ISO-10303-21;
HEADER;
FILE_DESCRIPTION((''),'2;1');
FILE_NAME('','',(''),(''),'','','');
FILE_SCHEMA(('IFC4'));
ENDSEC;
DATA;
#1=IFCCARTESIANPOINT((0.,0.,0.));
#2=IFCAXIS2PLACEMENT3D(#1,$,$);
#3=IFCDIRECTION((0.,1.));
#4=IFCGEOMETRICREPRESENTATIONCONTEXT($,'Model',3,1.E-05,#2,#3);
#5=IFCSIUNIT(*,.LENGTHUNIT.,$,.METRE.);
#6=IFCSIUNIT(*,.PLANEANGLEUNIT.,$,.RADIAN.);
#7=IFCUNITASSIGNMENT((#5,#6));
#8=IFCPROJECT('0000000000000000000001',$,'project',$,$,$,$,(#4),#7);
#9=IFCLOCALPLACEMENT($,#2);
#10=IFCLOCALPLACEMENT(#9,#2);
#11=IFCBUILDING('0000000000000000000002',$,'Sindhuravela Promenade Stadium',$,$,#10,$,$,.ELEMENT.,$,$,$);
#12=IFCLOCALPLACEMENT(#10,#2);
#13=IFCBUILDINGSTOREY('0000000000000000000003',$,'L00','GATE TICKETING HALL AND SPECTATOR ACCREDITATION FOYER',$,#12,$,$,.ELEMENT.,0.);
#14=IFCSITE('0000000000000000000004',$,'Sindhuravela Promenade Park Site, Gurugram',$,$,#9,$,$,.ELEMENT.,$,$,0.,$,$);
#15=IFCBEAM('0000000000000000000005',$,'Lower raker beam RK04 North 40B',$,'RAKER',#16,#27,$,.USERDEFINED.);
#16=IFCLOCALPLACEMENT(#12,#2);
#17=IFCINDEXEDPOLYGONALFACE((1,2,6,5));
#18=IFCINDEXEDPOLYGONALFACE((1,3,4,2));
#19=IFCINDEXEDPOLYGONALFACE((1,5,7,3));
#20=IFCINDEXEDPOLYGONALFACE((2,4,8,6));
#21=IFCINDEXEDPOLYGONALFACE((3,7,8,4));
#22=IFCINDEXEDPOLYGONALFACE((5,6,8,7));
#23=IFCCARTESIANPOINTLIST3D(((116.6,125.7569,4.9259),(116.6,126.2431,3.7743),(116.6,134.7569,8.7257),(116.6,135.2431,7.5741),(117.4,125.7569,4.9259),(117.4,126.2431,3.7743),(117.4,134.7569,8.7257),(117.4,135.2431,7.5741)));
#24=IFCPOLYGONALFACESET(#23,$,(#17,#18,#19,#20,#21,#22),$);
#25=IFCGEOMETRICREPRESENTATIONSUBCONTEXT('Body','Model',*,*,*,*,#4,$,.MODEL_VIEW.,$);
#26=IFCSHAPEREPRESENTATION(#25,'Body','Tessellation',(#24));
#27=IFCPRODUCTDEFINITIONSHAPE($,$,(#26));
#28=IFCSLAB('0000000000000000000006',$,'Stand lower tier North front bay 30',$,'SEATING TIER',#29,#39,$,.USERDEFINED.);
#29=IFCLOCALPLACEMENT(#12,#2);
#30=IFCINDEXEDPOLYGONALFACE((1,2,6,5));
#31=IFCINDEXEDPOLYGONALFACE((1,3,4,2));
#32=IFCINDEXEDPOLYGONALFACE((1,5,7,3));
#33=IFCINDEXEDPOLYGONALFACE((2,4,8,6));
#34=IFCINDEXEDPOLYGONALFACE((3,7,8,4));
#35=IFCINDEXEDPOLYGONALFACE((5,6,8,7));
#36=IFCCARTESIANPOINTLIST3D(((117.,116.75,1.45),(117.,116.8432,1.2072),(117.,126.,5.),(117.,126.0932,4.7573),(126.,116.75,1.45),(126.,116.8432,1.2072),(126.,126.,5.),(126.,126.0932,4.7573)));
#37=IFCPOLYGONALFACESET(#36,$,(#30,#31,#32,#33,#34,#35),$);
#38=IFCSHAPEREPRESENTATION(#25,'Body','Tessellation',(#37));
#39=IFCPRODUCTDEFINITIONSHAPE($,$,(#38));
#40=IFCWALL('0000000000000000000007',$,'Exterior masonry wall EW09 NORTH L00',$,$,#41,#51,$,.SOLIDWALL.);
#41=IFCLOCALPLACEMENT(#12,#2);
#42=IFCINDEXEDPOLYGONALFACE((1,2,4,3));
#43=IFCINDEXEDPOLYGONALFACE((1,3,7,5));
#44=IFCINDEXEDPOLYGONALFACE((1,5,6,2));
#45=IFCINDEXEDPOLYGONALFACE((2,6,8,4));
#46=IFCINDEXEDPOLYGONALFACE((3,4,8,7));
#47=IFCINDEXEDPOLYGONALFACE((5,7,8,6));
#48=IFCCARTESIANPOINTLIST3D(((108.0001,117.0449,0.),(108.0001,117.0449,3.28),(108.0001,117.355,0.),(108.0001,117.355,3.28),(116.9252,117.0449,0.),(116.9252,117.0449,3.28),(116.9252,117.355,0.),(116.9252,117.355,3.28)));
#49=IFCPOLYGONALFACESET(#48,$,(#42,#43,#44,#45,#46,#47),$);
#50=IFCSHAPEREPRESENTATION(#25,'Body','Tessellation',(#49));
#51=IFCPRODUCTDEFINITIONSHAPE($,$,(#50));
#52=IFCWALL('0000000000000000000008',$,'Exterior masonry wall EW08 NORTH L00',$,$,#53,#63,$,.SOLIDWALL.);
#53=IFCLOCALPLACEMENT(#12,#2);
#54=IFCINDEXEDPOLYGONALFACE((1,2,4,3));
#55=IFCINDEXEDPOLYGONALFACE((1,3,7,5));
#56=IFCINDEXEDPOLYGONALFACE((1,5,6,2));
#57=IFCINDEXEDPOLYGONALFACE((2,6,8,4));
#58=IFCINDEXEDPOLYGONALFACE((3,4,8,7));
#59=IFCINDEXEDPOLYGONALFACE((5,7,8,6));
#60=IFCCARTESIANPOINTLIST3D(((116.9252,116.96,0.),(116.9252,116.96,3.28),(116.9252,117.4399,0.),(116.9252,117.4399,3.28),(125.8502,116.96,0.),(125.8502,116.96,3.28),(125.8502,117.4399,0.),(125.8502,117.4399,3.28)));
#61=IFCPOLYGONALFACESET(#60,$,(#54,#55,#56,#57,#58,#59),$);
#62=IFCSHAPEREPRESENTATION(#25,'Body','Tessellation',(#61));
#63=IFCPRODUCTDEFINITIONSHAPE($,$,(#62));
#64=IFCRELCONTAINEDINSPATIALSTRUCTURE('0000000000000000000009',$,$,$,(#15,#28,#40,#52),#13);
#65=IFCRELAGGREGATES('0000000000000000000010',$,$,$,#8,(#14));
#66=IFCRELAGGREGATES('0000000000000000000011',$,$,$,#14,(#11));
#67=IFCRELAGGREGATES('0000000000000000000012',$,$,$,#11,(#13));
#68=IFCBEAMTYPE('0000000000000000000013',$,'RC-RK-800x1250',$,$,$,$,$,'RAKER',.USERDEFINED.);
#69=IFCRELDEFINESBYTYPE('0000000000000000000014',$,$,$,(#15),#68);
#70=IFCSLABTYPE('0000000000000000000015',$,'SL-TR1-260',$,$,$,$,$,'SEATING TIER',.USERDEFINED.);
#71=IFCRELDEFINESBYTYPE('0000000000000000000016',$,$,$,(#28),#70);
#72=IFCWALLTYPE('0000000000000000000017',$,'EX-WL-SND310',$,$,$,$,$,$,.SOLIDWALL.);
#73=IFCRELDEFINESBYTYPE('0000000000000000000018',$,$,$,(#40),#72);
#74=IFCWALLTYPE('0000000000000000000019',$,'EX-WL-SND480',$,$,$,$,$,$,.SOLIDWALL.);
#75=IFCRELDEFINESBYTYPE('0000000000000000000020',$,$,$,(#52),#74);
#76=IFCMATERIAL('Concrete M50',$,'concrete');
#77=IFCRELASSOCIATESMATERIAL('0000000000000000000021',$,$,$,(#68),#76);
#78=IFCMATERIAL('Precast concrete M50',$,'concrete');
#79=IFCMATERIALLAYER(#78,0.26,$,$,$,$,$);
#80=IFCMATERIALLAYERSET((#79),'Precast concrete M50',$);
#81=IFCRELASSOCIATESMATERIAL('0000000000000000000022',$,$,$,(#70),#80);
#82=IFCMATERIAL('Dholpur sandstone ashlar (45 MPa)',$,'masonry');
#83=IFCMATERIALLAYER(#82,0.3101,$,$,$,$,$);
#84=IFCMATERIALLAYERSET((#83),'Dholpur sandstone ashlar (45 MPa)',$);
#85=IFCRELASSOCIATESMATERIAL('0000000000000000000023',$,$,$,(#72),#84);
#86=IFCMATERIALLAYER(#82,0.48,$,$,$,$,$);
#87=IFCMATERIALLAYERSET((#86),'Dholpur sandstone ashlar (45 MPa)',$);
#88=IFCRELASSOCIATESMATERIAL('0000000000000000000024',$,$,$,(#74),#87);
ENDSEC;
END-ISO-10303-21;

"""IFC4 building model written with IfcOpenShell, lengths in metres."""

from ifc_helpers import new_model, si_unit, direction, frame, frame_2d, origin, origin_2d, place, context, subcontext, project, spatial, polyline, rectangle, outline, extrude, material, layer, layer_set, material_profile, profile_set, type_object, element, save


model = new_model("IFC4")

# Units and contexts
model_context = context("Model", 3, precision=1e-05, world=origin(), true_north=direction((0.0, 1.0)))
body_context = subcontext(model_context, "Body", "Model", "MODEL_VIEW")
ifc_project = project(units=[si_unit("LENGTHUNIT", "METRE"), si_unit("PLANEANGLEUNIT", "RADIAN")], contexts=[model_context])

# Site, building, storey
site_placement = place(None, origin())
site = spatial("IfcSite", under=ifc_project, at=site_placement, Name="Sindhuravela Promenade Park Site, Gurugram", CompositionType="ELEMENT", RefElevation=0.0)
building_placement = place(site_placement, origin())
building = spatial("IfcBuilding", under=site, at=building_placement, Name="Sindhuravela Promenade Stadium", CompositionType="ELEMENT")
storey_placement = place(building_placement, origin())
storey = spatial("IfcBuildingStorey", under=building, at=storey_placement, Name="L00", Description="GATE TICKETING HALL AND SPECTATOR ACCREDITATION FOYER", CompositionType="ELEMENT", Elevation=0.0)

# Shared definitions
ifc_material_1 = material(Name="Concrete M50", Category="concrete")

# Beam
ifc_material_profile_1 = material_profile(ifc_material_1, rectangle(XDim=0.8, YDim=1.25, at=origin_2d()), Name="RC 800x1250")
ifc_profile_set_1 = profile_set([ifc_material_profile_1], Name="Concrete M50")
beam_type_1 = type_object("IfcBeamType", Name="RC-RK-800x1250", ElementType="RAKER", PredefinedType="USERDEFINED", material=ifc_profile_set_1)
beam_1_placement = place(storey_placement, frame((117.0, 126.0, 4.3501), z_axis=(0.0, 0.921257, 0.388955), x_axis=(-1.0, 0.0, 0.0)))
element("IfcBeam", 1, at=beam_1_placement, inside=storey, type_object=beam_type_1, Name="Lower raker beam RK04 North 40B", ObjectType="RAKER", PredefinedType="USERDEFINED", context=body_context, shape_type="SweptSolid", body=[
    extrude(rectangle(XDim=0.8, YDim=1.25, at=origin_2d()), origin(), (0.0, 0.0, 1.0), 9.7693),
])

# Slab
ifc_material_2 = material(Name="Precast concrete M50", Category="concrete")
ifc_layer_1 = layer(ifc_material_2, 0.26)
ifc_layer_set_1 = layer_set([ifc_layer_1], Name="Precast concrete M50")
slab_type = type_object("IfcSlabType", Name="SL-TR1-260", ElementType="SEATING TIER", PredefinedType="USERDEFINED", material=ifc_layer_set_1)
slab_placement = place(storey_placement, frame((117.0, 116.75, 1.45), z_axis=(0.0, -0.358307, 0.933604), x_axis=(1.0, 0.0, 0.0)))
element("IfcSlab", 2, at=slab_placement, inside=storey, type_object=slab_type, Name="Stand lower tier North front bay 30", ObjectType="SEATING TIER", PredefinedType="USERDEFINED", context=body_context, shape_type="SweptSolid", body=[
    extrude(outline(polyline([(0.0, 0.0), (9.0, 0.0), (9.0, 9.9078), (0.0, 9.9078), (0.0, 0.0)])), origin(), (0.0, 0.0, -1.0), 0.26),
])

# Walls
ifc_material_3 = material(Name="Dholpur sandstone ashlar (45 MPa)", Category="masonry")
ifc_layer_2 = layer(ifc_material_3, 0.3101)
ifc_layer_set_2 = layer_set([ifc_layer_2], Name="Dholpur sandstone ashlar (45 MPa)")
wall_type_1 = type_object("IfcWallType", Name="EX-WL-SND310", PredefinedType="SOLIDWALL", material=ifc_layer_set_2)
wall_1_placement = place(storey_placement, frame((116.925, 117.2, 0.0), z_axis=(0.0, 0.0, 1.0), x_axis=(-1.0, 0.0, 0.0)))
element("IfcWall", 3, at=wall_1_placement, inside=storey, type_object=wall_type_1, Name="Exterior masonry wall EW09 NORTH L00", PredefinedType="SOLIDWALL", context=body_context, shape_type="SweptSolid", body=[
    extrude(rectangle(XDim=8.925, YDim=0.3101, at=frame_2d((4.4624, 0.0))), origin(), (0.0, 0.0, 1.0), 3.28),
])
ifc_layer_3 = layer(ifc_material_3, 0.48)
ifc_layer_set_3 = layer_set([ifc_layer_3], Name="Dholpur sandstone ashlar (45 MPa)")
wall_type_2 = type_object("IfcWallType", Name="EX-WL-SND480", PredefinedType="SOLIDWALL", material=ifc_layer_set_3)
wall_2_placement = place(storey_placement, frame((125.8501, 117.2, 0.0), z_axis=(0.0, 0.0, 1.0), x_axis=(-1.0, 0.0, 0.0)))
element("IfcWall", 4, at=wall_2_placement, inside=storey, type_object=wall_type_2, Name="Exterior masonry wall EW08 NORTH L00", PredefinedType="SOLIDWALL", context=body_context, shape_type="SweptSolid", body=[
    extrude(rectangle(XDim=8.925, YDim=0.48, at=frame_2d((4.4624, 0.0))), origin(), (0.0, 0.0, 1.0), 3.28),
])

save(model, "model.ifc")
